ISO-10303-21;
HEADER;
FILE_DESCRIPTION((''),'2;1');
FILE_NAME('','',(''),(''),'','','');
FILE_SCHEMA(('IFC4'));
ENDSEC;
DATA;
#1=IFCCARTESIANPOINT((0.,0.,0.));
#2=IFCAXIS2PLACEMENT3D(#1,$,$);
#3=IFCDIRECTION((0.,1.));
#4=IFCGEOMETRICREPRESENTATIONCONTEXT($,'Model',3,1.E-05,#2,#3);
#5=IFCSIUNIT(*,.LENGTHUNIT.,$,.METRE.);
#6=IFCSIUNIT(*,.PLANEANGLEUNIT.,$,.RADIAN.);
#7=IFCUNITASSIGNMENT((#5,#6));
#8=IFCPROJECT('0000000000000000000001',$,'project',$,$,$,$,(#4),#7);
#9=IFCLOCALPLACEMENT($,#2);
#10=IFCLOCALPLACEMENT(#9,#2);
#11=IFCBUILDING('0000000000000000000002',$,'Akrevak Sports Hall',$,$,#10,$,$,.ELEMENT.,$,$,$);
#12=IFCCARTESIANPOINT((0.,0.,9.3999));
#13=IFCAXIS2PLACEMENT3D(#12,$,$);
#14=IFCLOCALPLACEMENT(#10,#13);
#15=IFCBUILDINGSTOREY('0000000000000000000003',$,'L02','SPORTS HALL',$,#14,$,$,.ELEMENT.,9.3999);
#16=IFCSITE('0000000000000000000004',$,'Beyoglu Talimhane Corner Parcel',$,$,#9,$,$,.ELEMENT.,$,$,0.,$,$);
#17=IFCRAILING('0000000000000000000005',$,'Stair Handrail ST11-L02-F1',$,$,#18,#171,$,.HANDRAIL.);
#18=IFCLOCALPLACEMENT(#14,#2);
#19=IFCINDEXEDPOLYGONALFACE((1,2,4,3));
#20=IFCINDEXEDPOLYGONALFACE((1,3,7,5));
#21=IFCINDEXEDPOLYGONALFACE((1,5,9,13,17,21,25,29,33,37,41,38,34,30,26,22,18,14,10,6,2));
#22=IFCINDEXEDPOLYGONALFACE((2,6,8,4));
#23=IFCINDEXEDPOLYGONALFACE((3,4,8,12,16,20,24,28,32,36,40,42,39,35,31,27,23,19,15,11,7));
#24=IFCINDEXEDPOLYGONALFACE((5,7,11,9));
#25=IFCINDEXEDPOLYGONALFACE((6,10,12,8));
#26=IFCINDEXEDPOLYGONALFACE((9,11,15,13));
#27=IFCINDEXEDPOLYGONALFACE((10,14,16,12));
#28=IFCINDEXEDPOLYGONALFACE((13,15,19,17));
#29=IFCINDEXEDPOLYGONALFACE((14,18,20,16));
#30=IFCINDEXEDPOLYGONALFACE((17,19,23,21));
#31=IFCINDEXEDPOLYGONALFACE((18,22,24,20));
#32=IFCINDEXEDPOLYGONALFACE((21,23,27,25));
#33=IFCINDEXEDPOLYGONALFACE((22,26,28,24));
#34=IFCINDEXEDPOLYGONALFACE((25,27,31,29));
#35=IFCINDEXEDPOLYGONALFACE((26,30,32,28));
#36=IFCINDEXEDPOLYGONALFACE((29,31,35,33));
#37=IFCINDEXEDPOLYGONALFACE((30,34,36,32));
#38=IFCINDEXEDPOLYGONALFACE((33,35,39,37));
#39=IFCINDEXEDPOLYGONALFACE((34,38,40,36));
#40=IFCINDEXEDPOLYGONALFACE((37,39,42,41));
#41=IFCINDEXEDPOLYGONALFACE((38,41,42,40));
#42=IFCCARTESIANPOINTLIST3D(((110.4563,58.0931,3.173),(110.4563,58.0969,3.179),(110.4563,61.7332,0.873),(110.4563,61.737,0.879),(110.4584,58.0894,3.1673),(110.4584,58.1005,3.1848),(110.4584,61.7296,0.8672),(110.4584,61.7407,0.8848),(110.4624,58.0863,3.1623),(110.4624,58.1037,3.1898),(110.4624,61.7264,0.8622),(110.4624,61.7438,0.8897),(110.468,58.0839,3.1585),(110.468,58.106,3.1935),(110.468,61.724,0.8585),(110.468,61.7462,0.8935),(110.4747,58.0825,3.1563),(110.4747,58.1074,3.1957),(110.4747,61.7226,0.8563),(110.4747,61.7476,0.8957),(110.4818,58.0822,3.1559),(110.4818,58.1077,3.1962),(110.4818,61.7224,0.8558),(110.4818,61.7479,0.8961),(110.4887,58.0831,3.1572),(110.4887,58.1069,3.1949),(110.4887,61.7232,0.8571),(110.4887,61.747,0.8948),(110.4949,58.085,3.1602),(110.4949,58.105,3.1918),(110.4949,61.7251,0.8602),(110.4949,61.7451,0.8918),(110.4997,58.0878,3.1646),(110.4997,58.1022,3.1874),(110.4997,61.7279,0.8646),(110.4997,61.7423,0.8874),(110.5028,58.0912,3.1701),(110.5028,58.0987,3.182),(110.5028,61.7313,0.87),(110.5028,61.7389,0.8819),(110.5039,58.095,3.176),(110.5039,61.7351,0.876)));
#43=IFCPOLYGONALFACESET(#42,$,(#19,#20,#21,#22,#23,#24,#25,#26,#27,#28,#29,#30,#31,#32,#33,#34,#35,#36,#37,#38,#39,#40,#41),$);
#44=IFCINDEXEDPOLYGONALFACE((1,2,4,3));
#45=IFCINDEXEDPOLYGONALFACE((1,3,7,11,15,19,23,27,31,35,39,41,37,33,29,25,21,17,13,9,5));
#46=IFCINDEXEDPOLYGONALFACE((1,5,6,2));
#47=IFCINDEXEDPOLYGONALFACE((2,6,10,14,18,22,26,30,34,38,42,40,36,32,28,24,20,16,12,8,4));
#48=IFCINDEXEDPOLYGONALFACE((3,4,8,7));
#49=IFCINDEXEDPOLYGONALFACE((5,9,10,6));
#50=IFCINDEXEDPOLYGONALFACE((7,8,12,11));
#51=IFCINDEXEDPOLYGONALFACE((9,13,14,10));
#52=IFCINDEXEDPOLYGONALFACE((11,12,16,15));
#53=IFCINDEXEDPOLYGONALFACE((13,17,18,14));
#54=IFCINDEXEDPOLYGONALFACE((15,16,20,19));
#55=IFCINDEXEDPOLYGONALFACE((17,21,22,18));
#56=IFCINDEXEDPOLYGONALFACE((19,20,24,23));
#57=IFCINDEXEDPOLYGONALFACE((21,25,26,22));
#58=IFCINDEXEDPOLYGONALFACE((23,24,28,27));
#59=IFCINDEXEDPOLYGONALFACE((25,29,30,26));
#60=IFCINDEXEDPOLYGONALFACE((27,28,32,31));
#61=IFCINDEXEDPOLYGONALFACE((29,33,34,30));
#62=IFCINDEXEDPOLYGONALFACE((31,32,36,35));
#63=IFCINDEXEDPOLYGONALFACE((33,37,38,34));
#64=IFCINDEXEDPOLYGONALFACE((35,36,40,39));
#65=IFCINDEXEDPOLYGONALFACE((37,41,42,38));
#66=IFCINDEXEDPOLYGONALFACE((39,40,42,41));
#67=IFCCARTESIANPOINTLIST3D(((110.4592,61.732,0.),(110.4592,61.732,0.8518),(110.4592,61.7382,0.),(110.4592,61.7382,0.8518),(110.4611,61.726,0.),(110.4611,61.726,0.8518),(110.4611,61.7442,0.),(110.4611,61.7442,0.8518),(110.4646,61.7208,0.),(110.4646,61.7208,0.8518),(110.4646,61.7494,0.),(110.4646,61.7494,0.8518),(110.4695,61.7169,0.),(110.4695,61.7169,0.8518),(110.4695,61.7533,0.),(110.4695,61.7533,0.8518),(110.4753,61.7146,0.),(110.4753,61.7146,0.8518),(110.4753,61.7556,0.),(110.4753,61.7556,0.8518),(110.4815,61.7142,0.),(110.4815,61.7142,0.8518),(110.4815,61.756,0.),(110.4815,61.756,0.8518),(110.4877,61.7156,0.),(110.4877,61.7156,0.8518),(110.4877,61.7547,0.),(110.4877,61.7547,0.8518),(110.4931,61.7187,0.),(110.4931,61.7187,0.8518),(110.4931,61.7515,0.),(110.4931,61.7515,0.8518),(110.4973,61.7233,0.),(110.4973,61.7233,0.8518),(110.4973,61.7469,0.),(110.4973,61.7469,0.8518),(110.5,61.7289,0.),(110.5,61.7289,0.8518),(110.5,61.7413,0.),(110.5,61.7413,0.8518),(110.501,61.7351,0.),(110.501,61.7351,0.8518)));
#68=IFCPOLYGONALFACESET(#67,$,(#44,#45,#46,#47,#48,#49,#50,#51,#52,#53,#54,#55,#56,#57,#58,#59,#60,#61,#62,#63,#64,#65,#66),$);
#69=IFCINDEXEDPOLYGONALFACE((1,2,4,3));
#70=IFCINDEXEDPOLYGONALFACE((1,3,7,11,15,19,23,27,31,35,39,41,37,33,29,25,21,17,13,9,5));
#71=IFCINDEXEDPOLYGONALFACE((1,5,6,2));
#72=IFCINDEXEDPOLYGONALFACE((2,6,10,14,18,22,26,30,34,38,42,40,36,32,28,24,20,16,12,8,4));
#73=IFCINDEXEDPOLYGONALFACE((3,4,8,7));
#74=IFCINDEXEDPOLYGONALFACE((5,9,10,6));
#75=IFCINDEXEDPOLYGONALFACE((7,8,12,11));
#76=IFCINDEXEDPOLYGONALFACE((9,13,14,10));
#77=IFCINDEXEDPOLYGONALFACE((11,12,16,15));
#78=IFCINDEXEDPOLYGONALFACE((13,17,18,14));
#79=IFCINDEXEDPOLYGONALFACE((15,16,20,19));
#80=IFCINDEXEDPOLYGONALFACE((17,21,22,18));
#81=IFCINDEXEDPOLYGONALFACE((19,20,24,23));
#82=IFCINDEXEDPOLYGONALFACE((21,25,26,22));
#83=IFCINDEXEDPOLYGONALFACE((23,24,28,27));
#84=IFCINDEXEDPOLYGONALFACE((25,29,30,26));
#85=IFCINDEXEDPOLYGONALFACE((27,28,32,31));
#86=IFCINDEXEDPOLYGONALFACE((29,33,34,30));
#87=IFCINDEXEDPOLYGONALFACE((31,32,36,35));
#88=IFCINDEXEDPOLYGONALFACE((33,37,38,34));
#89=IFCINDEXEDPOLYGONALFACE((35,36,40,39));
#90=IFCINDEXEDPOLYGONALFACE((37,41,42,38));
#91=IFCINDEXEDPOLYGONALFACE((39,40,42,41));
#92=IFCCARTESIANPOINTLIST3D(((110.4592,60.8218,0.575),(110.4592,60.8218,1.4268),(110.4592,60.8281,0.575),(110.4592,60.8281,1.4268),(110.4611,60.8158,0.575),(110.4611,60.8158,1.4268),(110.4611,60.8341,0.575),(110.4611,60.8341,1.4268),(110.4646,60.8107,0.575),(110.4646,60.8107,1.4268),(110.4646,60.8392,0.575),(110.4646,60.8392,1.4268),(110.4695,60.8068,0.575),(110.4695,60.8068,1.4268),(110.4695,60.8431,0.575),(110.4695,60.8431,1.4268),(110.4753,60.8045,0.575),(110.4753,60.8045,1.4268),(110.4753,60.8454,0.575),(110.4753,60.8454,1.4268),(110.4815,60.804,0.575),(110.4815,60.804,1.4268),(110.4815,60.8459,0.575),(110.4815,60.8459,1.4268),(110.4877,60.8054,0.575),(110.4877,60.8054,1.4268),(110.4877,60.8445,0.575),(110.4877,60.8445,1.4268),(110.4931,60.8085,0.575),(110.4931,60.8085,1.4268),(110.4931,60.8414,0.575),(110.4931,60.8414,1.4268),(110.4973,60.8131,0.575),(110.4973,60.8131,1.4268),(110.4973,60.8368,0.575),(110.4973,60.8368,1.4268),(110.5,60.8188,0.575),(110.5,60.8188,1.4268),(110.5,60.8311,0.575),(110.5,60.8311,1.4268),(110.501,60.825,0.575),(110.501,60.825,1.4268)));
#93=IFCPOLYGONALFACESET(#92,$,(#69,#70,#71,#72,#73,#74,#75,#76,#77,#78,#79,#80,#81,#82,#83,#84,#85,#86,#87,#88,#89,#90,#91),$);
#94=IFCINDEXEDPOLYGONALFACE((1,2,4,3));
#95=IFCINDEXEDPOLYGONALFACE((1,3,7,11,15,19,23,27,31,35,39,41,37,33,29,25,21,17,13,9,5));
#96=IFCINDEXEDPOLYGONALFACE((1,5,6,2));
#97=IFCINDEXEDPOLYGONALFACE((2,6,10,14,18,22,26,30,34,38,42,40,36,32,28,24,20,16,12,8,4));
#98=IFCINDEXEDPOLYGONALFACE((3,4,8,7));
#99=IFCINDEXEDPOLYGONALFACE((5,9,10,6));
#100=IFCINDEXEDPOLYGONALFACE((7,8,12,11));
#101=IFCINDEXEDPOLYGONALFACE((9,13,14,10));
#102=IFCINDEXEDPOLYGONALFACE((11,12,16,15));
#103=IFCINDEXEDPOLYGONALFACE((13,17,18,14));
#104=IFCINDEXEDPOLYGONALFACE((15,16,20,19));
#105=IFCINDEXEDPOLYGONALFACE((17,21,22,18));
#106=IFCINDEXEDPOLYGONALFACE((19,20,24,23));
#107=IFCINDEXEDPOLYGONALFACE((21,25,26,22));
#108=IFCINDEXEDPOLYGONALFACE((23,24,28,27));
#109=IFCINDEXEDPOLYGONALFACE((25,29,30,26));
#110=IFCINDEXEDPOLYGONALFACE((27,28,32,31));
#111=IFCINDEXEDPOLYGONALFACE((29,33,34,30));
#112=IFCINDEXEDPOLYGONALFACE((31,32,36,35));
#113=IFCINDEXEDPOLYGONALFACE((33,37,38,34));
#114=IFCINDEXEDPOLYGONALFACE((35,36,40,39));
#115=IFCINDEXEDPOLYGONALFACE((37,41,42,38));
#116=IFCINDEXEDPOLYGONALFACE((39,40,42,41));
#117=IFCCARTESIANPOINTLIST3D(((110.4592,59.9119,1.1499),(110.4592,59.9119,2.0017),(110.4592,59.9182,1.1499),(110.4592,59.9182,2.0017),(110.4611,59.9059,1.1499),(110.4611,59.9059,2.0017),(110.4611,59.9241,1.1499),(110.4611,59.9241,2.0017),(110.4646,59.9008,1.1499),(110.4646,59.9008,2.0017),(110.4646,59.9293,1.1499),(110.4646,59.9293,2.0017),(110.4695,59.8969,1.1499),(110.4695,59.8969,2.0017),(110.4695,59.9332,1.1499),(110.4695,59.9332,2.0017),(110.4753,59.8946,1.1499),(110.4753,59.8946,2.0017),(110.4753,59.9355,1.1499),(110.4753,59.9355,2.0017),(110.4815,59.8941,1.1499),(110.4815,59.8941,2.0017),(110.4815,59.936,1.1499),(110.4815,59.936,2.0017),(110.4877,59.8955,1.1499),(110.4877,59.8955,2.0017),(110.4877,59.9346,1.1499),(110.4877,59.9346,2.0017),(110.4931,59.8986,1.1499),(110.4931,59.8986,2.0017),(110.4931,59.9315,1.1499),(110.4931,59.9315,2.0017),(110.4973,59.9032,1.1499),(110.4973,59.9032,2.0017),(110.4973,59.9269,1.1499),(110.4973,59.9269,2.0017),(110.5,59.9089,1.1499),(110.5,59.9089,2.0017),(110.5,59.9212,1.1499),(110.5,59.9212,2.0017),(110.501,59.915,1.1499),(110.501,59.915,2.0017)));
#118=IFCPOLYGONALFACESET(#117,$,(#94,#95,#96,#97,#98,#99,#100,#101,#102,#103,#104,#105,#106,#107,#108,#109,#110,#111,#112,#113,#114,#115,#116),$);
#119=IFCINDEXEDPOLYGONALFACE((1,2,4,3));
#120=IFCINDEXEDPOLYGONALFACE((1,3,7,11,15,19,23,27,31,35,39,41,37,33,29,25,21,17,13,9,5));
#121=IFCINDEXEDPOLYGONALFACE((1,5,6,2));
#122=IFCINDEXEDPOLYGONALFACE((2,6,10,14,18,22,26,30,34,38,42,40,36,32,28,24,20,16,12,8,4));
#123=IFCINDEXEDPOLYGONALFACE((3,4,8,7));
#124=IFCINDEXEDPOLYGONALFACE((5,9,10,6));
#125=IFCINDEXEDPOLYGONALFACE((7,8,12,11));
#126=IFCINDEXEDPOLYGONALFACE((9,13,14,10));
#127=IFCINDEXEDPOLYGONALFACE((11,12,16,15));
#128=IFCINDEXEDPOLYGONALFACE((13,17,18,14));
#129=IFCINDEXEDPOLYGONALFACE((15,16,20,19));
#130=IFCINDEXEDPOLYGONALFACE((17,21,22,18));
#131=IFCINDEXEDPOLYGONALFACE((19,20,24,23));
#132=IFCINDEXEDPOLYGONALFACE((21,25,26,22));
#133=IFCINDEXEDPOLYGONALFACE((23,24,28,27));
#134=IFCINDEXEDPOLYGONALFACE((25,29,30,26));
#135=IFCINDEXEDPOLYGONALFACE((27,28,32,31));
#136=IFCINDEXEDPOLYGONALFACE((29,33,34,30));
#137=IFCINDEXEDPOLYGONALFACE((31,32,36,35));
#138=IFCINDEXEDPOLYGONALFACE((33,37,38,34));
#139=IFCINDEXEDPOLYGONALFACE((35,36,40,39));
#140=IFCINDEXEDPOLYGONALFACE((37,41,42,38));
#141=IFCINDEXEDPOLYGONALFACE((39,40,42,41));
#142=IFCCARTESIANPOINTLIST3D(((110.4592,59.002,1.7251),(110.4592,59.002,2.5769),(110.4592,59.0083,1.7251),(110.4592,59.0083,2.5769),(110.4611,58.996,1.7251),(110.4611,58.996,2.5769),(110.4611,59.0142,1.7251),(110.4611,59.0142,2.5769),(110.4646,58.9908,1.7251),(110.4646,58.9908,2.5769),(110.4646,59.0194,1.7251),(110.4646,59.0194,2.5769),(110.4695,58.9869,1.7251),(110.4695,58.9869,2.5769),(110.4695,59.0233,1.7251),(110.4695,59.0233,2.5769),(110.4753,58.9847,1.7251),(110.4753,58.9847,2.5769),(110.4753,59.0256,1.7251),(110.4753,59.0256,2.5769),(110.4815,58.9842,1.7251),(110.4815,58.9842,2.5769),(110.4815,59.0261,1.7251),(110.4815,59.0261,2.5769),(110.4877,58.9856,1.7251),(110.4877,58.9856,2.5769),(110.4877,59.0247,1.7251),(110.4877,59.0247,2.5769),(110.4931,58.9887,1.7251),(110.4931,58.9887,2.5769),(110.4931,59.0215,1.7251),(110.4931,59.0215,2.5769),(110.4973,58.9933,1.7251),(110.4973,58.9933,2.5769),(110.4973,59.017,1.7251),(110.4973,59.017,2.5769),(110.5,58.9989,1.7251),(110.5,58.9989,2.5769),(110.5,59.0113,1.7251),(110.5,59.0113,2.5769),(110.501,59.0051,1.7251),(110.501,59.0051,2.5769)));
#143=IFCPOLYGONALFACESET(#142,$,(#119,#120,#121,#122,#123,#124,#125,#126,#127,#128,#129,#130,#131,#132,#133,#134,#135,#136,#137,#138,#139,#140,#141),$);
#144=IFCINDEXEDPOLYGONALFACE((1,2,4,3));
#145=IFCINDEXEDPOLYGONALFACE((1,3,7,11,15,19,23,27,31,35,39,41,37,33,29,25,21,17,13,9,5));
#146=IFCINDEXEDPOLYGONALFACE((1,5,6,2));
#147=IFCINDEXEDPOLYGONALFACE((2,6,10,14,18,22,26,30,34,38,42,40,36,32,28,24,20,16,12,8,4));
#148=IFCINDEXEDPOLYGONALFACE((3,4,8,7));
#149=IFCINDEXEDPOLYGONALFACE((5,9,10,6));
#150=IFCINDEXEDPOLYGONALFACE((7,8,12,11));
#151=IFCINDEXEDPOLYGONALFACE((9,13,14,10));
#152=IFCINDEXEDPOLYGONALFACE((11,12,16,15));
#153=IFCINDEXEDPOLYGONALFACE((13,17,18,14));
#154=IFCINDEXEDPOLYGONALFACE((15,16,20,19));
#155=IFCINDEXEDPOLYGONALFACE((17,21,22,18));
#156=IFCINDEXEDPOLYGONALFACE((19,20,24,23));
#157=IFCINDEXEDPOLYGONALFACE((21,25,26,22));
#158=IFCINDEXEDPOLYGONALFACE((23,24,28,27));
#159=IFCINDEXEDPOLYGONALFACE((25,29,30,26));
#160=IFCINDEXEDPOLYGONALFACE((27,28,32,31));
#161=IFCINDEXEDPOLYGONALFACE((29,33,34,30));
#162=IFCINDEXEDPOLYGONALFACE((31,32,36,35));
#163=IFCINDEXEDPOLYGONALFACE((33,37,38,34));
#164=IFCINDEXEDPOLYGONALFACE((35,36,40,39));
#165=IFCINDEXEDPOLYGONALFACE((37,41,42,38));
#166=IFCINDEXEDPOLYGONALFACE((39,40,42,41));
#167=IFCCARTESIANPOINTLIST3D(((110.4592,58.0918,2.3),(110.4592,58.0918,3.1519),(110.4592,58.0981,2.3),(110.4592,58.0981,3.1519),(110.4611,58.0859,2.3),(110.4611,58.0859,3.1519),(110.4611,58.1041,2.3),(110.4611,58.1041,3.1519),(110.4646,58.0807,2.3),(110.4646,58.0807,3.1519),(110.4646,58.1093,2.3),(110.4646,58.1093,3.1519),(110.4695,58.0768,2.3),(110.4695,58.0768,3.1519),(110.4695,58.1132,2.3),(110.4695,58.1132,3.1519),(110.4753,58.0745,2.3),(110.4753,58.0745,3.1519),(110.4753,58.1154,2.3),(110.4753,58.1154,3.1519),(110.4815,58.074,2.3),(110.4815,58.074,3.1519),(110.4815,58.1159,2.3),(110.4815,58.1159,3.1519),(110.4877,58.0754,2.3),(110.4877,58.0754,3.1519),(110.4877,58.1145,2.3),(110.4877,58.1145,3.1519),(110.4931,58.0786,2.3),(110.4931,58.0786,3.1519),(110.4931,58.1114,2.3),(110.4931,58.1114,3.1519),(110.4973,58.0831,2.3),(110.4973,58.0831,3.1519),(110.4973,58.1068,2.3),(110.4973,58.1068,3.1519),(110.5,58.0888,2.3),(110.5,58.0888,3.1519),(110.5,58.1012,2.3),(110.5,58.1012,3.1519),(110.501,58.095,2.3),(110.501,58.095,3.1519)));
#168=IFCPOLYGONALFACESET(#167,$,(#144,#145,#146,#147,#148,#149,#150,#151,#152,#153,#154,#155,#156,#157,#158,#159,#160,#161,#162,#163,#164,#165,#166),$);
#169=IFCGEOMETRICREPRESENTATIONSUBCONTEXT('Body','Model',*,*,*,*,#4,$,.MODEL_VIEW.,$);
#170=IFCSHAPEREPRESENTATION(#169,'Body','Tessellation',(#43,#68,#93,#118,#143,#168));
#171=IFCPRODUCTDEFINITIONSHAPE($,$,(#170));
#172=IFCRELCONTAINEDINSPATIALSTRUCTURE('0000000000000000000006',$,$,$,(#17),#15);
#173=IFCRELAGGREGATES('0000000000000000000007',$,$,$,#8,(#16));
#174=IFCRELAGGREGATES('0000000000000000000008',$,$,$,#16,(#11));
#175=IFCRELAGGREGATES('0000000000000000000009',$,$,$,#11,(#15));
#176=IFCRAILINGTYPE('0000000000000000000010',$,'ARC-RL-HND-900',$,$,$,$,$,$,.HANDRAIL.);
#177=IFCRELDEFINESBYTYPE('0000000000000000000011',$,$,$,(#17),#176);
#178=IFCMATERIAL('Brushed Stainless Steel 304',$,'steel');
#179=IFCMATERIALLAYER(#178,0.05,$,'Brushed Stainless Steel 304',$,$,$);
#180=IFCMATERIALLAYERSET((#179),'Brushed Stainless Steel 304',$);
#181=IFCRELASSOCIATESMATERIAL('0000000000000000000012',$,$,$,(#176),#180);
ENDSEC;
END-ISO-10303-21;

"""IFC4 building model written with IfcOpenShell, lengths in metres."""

from ifc_helpers import new_model, si_unit, direction, frame, origin, origin_2d, place, context, subcontext, project, spatial, circle, extrude, material, layer, layer_set, type_object, element, save


model = new_model("IFC4")

# Units and contexts
model_context = context("Model", 3, precision=1e-05, world=origin(), true_north=direction((0.0, 1.0)))
body_context = subcontext(model_context, "Body", "Model", "MODEL_VIEW")
ifc_project = project(units=[si_unit("LENGTHUNIT", "METRE"), si_unit("PLANEANGLEUNIT", "RADIAN")], contexts=[model_context])

# Site, building, storey
site_placement = place(None, origin())
site = spatial("IfcSite", under=ifc_project, at=site_placement, Name="Beyoglu Talimhane Corner Parcel", CompositionType="ELEMENT", RefElevation=0.0)
building_placement = place(site_placement, origin())
building = spatial("IfcBuilding", under=site, at=building_placement, Name="Akrevak Sports Hall", CompositionType="ELEMENT")
storey_placement = place(building_placement, frame((0.0, 0.0, 9.3999)))
storey = spatial("IfcBuildingStorey", under=building, at=storey_placement, Name="L02", Description="SPORTS HALL", CompositionType="ELEMENT", Elevation=9.3999)

# Railing
ifc_material_1 = material(Name="Brushed Stainless Steel 304", Category="steel")
ifc_layer_1 = layer(ifc_material_1, 0.05, Name="Brushed Stainless Steel 304")
ifc_layer_set_1 = layer_set([ifc_layer_1], Name="Brushed Stainless Steel 304")
railing_type_1 = type_object("IfcRailingType", Name="ARC-RL-HND-900", PredefinedType="HANDRAIL", material=ifc_layer_set_1)
railing_1_placement = place(storey_placement, frame((110.48, 61.7351, 0.0)))
element("IfcRailing", 1, at=railing_1_placement, inside=storey, type_object=railing_type_1, Name="Stair Handrail ST11-L02-F1", PredefinedType="HANDRAIL", context=body_context, shape_type="SweptSolid", body=[
    extrude(circle(Radius=0.0239, at=origin_2d()), frame((0.0, 0.0, 0.876), z_axis=(0.0, -0.845382, 0.534162), x_axis=(1.0, 0.0, 0.0)), (0.0, 0.0, 1.0), 4.3059),
    extrude(circle(Radius=0.021, at=origin_2d()), origin(), (0.0, 0.0, 1.0), 0.8518),
    extrude(circle(Radius=0.021, at=origin_2d()), frame((0.0, -0.9102, 0.575)), (0.0, 0.0, 1.0), 0.8518),
    extrude(circle(Radius=0.021, at=origin_2d()), frame((0.0, -1.8201, 1.1499)), (0.0, 0.0, 1.0), 0.8518),
    extrude(circle(Radius=0.021, at=origin_2d()), frame((0.0, -2.73, 1.7251)), (0.0, 0.0, 1.0), 0.8518),
    extrude(circle(Radius=0.021, at=origin_2d()), frame((0.0, -3.6401, 2.3)), (0.0, 0.0, 1.0), 0.8518),
])

save(model, "model.ifc")
